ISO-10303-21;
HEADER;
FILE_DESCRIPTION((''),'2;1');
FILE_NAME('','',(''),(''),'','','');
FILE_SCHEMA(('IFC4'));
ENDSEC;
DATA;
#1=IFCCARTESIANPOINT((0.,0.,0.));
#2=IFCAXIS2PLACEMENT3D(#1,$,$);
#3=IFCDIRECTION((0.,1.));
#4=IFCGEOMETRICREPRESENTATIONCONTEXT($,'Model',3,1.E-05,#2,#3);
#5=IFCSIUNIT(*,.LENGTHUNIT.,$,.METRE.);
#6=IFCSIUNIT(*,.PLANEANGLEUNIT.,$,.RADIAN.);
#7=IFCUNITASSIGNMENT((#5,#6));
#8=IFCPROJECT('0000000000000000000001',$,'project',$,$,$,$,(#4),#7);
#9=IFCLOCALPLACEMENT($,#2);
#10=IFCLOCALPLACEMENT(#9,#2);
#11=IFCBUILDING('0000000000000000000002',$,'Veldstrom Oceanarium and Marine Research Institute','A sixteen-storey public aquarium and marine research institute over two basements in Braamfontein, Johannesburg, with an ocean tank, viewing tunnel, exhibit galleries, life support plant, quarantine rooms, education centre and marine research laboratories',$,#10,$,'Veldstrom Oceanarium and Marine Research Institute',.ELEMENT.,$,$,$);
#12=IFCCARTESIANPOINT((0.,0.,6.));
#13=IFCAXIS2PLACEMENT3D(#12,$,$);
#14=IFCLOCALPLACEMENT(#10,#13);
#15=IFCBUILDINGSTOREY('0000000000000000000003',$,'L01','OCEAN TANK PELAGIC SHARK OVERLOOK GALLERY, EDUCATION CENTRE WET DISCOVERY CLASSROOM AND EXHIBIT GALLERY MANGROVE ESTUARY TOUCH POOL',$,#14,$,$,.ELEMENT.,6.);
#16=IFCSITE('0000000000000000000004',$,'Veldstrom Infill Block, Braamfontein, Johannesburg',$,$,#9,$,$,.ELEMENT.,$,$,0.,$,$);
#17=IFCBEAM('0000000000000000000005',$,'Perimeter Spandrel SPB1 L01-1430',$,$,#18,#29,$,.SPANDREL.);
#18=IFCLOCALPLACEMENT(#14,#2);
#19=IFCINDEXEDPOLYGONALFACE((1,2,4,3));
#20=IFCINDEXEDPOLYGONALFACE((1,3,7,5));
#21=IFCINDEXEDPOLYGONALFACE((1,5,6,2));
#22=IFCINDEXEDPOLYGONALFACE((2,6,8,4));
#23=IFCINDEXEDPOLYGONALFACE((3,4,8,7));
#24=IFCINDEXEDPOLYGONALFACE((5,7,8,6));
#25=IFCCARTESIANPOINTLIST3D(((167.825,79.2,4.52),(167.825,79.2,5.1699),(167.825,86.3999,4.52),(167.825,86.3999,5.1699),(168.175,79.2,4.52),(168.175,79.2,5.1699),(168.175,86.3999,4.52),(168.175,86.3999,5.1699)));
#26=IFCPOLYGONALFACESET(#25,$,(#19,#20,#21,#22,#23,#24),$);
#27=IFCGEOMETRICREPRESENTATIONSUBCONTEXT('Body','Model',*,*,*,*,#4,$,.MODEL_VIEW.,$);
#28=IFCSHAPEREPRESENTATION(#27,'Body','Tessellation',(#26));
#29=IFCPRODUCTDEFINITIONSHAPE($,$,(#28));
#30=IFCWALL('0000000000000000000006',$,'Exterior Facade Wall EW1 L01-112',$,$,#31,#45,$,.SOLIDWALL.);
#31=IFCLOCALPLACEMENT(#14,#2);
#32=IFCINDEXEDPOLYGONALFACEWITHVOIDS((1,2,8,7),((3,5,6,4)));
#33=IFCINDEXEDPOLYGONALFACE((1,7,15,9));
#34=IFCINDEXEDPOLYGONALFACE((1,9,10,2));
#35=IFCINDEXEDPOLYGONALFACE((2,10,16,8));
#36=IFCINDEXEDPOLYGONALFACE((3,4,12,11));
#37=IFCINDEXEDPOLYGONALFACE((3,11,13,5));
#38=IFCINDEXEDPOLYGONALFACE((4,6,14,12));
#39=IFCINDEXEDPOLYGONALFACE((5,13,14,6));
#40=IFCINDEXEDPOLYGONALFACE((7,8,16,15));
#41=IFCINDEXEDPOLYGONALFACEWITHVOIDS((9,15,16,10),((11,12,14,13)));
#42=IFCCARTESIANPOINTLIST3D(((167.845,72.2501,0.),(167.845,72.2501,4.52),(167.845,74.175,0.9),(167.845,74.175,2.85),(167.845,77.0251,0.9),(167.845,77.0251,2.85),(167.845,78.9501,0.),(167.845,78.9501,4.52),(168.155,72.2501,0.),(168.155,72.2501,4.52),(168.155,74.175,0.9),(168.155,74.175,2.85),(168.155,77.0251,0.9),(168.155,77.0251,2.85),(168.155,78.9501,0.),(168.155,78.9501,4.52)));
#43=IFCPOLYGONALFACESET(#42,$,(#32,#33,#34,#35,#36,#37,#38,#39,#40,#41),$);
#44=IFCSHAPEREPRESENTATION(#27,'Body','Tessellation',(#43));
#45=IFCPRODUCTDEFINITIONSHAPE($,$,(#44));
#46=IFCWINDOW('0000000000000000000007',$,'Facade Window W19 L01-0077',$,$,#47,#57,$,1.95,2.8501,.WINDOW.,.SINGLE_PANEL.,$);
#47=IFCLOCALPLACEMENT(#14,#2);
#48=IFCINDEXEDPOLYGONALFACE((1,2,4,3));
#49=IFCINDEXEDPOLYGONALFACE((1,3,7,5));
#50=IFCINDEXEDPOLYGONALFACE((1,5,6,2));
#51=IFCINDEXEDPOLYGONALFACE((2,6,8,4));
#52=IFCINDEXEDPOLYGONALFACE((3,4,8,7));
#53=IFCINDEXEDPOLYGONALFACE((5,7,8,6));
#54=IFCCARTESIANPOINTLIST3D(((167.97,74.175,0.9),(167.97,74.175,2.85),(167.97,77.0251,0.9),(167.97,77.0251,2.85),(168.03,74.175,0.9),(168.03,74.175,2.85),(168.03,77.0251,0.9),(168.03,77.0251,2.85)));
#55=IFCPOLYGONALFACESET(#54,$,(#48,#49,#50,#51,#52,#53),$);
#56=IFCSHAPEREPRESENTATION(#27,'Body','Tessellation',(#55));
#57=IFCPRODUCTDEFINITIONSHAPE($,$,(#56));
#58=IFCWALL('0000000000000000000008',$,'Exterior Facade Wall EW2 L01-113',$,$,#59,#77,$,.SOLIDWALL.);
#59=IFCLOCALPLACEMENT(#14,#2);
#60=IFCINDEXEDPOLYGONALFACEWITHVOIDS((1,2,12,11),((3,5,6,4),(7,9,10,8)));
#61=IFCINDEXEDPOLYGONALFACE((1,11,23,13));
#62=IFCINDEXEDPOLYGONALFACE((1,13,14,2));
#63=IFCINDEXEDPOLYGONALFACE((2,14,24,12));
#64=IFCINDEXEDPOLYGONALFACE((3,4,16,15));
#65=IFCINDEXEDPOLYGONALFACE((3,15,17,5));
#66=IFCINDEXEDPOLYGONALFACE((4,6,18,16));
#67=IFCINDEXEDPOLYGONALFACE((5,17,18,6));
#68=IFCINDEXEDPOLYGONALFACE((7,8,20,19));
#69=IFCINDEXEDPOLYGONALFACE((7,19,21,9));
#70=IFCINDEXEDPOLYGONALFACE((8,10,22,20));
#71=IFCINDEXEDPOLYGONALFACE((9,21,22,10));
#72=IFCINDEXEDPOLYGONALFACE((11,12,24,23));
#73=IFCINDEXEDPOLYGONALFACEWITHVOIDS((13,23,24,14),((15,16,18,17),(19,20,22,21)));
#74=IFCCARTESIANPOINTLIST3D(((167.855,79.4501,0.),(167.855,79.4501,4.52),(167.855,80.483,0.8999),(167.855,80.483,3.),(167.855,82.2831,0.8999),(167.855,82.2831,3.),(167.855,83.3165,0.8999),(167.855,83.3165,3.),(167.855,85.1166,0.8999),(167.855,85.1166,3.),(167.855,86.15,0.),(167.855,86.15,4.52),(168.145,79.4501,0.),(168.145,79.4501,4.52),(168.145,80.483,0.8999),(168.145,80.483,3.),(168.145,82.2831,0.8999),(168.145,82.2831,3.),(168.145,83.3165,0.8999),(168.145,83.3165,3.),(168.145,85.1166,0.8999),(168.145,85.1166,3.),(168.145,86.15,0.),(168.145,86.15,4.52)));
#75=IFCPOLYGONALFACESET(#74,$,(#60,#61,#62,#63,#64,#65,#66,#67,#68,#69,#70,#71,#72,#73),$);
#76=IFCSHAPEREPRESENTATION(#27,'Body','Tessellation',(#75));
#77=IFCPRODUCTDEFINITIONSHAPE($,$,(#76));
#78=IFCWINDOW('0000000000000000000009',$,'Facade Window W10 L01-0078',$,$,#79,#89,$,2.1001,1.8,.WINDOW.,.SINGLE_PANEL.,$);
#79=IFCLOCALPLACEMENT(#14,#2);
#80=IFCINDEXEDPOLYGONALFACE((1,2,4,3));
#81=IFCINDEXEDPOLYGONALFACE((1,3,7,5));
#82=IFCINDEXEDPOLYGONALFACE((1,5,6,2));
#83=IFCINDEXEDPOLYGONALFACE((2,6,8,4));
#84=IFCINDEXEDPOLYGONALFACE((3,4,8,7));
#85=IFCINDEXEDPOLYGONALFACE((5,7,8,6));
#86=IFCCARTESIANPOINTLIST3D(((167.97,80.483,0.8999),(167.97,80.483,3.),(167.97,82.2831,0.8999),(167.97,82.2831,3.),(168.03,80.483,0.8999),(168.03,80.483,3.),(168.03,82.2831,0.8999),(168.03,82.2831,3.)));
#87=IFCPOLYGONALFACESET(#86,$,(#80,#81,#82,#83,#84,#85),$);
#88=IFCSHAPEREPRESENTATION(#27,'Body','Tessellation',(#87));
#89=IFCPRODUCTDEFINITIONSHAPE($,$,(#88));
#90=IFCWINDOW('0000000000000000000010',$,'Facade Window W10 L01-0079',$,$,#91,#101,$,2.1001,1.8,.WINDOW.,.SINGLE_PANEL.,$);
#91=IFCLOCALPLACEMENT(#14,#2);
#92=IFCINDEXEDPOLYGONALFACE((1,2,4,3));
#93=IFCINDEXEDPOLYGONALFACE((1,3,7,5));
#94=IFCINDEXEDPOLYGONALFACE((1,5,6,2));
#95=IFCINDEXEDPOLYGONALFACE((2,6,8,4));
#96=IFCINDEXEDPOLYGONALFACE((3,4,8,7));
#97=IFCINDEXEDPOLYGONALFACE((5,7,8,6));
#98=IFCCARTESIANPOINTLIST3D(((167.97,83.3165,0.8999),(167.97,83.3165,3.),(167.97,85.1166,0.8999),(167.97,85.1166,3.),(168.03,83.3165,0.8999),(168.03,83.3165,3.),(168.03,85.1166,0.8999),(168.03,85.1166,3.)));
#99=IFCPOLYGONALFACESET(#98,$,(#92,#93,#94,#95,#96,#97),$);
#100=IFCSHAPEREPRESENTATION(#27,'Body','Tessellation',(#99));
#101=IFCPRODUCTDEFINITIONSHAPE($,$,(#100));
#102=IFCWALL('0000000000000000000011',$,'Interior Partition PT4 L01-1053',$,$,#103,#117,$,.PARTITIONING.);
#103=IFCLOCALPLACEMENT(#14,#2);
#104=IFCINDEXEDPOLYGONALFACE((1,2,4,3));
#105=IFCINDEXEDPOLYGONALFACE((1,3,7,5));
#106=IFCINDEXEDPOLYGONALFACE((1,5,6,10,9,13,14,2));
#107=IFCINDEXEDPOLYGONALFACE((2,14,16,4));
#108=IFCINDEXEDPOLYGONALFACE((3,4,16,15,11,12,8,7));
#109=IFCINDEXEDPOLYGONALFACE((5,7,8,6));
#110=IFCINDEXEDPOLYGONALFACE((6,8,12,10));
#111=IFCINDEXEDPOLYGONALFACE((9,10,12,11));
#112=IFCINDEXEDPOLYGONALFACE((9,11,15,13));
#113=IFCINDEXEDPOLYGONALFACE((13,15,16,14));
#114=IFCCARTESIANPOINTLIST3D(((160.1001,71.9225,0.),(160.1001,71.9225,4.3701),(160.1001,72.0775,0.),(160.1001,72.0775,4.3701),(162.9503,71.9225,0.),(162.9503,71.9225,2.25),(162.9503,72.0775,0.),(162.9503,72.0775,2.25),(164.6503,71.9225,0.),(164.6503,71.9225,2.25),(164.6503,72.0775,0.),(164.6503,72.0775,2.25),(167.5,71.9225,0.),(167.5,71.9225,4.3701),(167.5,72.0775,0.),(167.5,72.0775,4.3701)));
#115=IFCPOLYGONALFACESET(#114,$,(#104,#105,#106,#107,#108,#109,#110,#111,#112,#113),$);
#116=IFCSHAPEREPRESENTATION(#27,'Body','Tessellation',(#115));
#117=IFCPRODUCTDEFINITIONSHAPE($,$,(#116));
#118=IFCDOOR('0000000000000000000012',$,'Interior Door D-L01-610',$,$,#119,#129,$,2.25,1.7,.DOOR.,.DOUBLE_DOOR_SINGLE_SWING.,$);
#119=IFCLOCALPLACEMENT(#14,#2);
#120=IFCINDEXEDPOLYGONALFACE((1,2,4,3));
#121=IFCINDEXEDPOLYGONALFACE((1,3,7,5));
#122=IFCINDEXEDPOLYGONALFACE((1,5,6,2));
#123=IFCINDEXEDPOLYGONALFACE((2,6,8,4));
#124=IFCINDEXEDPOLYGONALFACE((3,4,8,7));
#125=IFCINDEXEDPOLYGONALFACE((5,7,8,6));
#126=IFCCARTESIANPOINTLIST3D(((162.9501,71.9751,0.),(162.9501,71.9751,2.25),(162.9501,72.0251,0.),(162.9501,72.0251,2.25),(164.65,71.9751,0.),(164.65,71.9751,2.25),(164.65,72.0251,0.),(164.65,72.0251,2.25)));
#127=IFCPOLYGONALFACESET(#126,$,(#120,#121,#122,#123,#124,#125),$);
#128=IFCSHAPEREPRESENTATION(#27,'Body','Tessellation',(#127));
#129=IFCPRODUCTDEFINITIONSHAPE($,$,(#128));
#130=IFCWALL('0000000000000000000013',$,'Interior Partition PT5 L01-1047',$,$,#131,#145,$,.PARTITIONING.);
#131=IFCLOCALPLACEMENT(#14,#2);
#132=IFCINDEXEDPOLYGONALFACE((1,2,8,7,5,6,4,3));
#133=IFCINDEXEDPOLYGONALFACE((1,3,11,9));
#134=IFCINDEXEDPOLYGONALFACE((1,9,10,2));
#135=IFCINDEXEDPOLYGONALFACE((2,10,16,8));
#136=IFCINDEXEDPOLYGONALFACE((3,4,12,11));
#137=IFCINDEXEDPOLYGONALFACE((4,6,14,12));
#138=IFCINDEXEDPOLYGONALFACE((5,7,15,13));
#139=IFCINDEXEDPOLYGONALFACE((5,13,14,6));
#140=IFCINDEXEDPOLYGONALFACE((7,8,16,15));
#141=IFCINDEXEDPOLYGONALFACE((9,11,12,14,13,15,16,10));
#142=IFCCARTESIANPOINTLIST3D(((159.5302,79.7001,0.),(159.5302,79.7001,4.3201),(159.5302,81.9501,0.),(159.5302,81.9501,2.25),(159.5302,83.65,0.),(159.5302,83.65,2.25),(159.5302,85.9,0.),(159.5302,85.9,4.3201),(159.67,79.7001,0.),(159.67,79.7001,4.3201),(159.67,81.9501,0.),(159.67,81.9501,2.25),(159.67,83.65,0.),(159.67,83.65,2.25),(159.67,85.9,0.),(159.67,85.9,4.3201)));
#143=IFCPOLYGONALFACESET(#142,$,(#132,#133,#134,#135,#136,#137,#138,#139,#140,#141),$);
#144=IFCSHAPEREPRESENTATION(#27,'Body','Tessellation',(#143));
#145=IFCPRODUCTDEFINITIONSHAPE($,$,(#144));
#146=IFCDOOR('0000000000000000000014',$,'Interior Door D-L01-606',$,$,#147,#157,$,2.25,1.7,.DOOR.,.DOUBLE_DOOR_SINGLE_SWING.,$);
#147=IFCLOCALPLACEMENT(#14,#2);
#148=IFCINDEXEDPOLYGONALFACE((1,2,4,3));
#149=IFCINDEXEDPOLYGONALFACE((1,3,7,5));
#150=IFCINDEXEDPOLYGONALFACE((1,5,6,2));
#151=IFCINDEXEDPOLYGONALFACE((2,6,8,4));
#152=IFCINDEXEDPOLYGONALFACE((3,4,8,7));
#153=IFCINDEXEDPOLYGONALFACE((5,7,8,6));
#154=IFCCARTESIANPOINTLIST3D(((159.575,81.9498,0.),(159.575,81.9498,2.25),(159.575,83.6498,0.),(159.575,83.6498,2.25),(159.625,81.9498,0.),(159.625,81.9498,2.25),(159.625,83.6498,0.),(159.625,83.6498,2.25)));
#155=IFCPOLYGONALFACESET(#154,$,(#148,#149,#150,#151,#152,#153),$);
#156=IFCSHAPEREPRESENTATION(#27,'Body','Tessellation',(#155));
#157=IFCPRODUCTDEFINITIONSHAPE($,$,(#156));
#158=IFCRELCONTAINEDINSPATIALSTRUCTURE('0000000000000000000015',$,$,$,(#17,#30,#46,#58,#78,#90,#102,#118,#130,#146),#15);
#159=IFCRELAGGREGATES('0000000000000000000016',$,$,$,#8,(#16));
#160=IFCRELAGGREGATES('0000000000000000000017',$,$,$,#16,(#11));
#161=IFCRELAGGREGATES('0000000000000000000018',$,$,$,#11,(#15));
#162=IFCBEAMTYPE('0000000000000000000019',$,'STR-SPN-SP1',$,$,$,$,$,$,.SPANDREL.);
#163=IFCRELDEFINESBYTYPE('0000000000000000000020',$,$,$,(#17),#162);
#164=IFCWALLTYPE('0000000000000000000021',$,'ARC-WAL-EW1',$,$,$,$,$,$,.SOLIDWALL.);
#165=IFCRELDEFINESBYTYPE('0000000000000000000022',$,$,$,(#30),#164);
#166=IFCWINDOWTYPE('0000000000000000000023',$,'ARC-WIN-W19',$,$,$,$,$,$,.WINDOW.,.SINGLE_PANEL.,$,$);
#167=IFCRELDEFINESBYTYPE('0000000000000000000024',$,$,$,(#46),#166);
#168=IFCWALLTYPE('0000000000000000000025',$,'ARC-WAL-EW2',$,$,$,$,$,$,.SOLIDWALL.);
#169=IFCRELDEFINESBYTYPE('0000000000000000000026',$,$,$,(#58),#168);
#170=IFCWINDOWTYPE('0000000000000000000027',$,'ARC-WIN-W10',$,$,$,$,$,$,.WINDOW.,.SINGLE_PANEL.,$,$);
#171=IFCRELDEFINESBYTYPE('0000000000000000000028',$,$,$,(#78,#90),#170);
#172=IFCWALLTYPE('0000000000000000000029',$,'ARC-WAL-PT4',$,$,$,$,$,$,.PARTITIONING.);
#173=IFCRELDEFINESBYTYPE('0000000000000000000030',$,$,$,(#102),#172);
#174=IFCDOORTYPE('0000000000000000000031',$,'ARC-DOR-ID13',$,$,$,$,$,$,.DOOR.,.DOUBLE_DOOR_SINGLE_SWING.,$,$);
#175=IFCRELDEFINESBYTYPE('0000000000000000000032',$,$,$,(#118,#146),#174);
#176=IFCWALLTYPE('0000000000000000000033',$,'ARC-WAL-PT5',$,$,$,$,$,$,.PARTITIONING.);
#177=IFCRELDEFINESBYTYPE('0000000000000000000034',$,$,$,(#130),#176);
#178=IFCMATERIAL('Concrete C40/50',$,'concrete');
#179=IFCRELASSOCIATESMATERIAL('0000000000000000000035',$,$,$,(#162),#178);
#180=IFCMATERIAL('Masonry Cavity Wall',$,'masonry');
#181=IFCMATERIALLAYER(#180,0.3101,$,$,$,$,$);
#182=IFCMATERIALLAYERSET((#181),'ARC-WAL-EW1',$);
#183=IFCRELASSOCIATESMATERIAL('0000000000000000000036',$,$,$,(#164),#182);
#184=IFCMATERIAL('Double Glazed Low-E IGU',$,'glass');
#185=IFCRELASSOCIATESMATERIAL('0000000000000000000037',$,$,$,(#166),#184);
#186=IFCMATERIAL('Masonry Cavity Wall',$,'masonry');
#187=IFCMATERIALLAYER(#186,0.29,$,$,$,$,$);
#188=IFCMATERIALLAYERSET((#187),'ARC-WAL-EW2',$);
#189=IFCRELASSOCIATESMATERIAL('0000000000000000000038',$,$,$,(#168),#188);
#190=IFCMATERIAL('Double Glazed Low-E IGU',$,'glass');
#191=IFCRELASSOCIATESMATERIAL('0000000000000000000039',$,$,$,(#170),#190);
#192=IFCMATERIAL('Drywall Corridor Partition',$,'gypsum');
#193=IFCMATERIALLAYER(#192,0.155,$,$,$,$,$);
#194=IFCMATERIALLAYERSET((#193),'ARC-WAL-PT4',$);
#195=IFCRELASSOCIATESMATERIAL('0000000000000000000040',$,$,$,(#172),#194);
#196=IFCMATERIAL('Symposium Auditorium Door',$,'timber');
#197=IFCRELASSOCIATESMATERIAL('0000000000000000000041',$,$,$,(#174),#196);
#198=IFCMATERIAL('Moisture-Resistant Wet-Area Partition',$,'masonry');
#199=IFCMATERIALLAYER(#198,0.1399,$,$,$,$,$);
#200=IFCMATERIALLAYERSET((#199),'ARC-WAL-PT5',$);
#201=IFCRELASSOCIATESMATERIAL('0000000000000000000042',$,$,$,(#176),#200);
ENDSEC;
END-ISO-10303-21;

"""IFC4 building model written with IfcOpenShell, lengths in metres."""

from ifc_helpers import new_model, si_unit, direction, frame, frame_2d, origin, origin_2d, place, context, subcontext, project, spatial, rectangle, extrude, material, layer, layer_set, material_profile, profile_set, type_object, element, fill, save


model = new_model("IFC4")

# Units and contexts
model_context = context("Model", 3, precision=1e-05, world=origin(), true_north=direction((0.0, 1.0)))
body_context = subcontext(model_context, "Body", "Model", "MODEL_VIEW")
ifc_project = project(units=[si_unit("LENGTHUNIT", "METRE"), si_unit("PLANEANGLEUNIT", "RADIAN")], contexts=[model_context])

# Site, building, storey
site_placement = place(None, origin())
site = spatial("IfcSite", under=ifc_project, at=site_placement, Name="Veldstrom Infill Block, Braamfontein, Johannesburg", CompositionType="ELEMENT", RefElevation=0.0)
building_placement = place(site_placement, origin())
building = spatial("IfcBuilding", under=site, at=building_placement, Name="Veldstrom Oceanarium and Marine Research Institute", Description="A sixteen-storey public aquarium and marine research institute over two basements in Braamfontein, Johannesburg, with an ocean tank, viewing tunnel, exhibit galleries, life support plant, quarantine rooms, education centre and marine research laboratories", LongName="Veldstrom Oceanarium and Marine Research Institute", CompositionType="ELEMENT")
storey_placement = place(building_placement, frame((0.0, 0.0, 6.0)))
storey = spatial("IfcBuildingStorey", under=building, at=storey_placement, Name="L01", Description="OCEAN TANK PELAGIC SHARK OVERLOOK GALLERY, EDUCATION CENTRE WET DISCOVERY CLASSROOM AND EXHIBIT GALLERY MANGROVE ESTUARY TOUCH POOL", CompositionType="ELEMENT", Elevation=6.0)

# Beam
ifc_material_1 = material(Name="Concrete C40/50", Category="concrete")
ifc_material_profile_1 = material_profile(ifc_material_1, rectangle(XDim=0.3501, YDim=0.6499, at=origin_2d()), Name="RC-SPN-350x650")
ifc_profile_set_1 = profile_set([ifc_material_profile_1], Name="Concrete C40/50")
beam_type_1 = type_object("IfcBeamType", Name="STR-SPN-SP1", PredefinedType="SPANDREL", material=ifc_profile_set_1)
for number, where, z_axis, x_axis, name in (
    (1, (168.0, 79.2, 4.845), (0.0, 1.0, 0.0), (-1.0, 0.0, 0.0), "Perimeter Spandrel SPB1 L01-1430"),
):
    element("IfcBeam", number, at=place(storey_placement, frame(where, z_axis=z_axis, x_axis=x_axis)), inside=storey, type_object=beam_type_1, Name=name, PredefinedType="SPANDREL", context=body_context, shape_type="SweptSolid", body=[
        extrude(rectangle(XDim=0.3501, YDim=0.6499, at=origin_2d()), origin(), (0.0, 0.0, 1.0), 7.2),
    ])

# Wall, opening, window
ifc_material_2 = material(Name="Masonry Cavity Wall", Category="masonry")
ifc_layer_1 = layer(ifc_material_2, 0.3101)
ifc_layer_set_1 = layer_set([ifc_layer_1], Name="ARC-WAL-EW1")
wall_type_1 = type_object("IfcWallType", Name="ARC-WAL-EW1", PredefinedType="SOLIDWALL", material=ifc_layer_set_1)
wall_1_placement = place(storey_placement, frame((168.0, 72.25, 0.0), z_axis=(0.0, 0.0, 1.0), x_axis=(0.0, 1.0, 0.0)))
wall_1 = element("IfcWall", 2, at=wall_1_placement, inside=storey, type_object=wall_type_1, Name="Exterior Facade Wall EW1 L01-112", PredefinedType="SOLIDWALL", context=body_context, shape_type="SweptSolid", body=[
    extrude(rectangle(XDim=6.7, YDim=0.3101, at=frame_2d((3.3501, 0.0))), origin(), (0.0, 0.0, 1.0), 4.52),
])
opening_1_placement = place(wall_1_placement, frame((1.925, 0.0, 0.8999)))
opening_1 = element("IfcOpeningElement", 3, at=opening_1_placement, cuts=wall_1, PredefinedType="OPENING", context=body_context, shape_type="SweptSolid", body=[
    extrude(rectangle(XDim=2.8501, YDim=1.95, at=frame_2d((1.425, 0.9751))), frame((0.0, 0.165, 0.0), z_axis=(0.0, -1.0, 0.0), x_axis=(1.0, 0.0, 0.0)), (0.0, 0.0, 1.0), 0.3301),
])
ifc_material_3 = material(Name="Double Glazed Low-E IGU", Category="glass")
window_type_1 = type_object("IfcWindowType", Name="ARC-WIN-W19", PartitioningType="SINGLE_PANEL", PredefinedType="WINDOW", material=ifc_material_3)
window_1_placement = place(opening_1_placement, origin())
window_1 = element("IfcWindow", 4, at=window_1_placement, inside=storey, type_object=window_type_1, Name="Facade Window W19 L01-0077", OverallHeight=1.95, OverallWidth=2.8501, PartitioningType="SINGLE_PANEL", PredefinedType="WINDOW", context=body_context, shape_type="SweptSolid", body=[
    extrude(rectangle(XDim=2.8501, YDim=1.95, at=frame_2d((1.425, 0.9751))), frame((0.0, 0.03, 0.0), z_axis=(0.0, -1.0, 0.0), x_axis=(1.0, 0.0, 0.0)), (0.0, 0.0, 1.0), 0.0601),
])
fill(opening_1, window_1)

# Wall, openings, windows
ifc_material_4 = material(Name="Masonry Cavity Wall", Category="masonry")
ifc_layer_2 = layer(ifc_material_4, 0.29)
ifc_layer_set_2 = layer_set([ifc_layer_2], Name="ARC-WAL-EW2")
wall_type_2 = type_object("IfcWallType", Name="ARC-WAL-EW2", PredefinedType="SOLIDWALL", material=ifc_layer_set_2)
wall_2_placement = place(storey_placement, frame((168.0, 79.45, 0.0), z_axis=(0.0, 0.0, 1.0), x_axis=(0.0, 1.0, 0.0)))
wall_2 = element("IfcWall", 5, at=wall_2_placement, inside=storey, type_object=wall_type_2, Name="Exterior Facade Wall EW2 L01-113", PredefinedType="SOLIDWALL", context=body_context, shape_type="SweptSolid", body=[
    extrude(rectangle(XDim=6.7, YDim=0.29, at=frame_2d((3.3501, 0.0))), origin(), (0.0, 0.0, 1.0), 4.52),
])
opening_2_placement = place(wall_2_placement, frame((1.0332, 0.0, 0.8999)))
opening_2 = element("IfcOpeningElement", 6, at=opening_2_placement, cuts=wall_2, PredefinedType="OPENING", context=body_context, shape_type="SweptSolid", body=[
    extrude(rectangle(XDim=1.8, YDim=2.1001, at=frame_2d((0.8999, 1.05))), frame((0.0, 0.155, 0.0), z_axis=(0.0, -1.0, 0.0), x_axis=(1.0, 0.0, 0.0)), (0.0, 0.0, 1.0), 0.3101),
])
opening_3_placement = place(wall_2_placement, frame((3.8667, 0.0, 0.8999)))
opening_3 = element("IfcOpeningElement", 7, at=opening_3_placement, cuts=wall_2, PredefinedType="OPENING", context=body_context, shape_type="SweptSolid", body=[
    extrude(rectangle(XDim=1.8, YDim=2.1001, at=frame_2d((0.8999, 1.05))), frame((0.0, 0.155, 0.0), z_axis=(0.0, -1.0, 0.0), x_axis=(1.0, 0.0, 0.0)), (0.0, 0.0, 1.0), 0.3101),
])
ifc_material_5 = material(Name="Double Glazed Low-E IGU", Category="glass")
window_type_2 = type_object("IfcWindowType", Name="ARC-WIN-W10", PartitioningType="SINGLE_PANEL", PredefinedType="WINDOW", material=ifc_material_5)
window_2_placement = place(opening_2_placement, origin())
window_2 = element("IfcWindow", 8, at=window_2_placement, inside=storey, type_object=window_type_2, Name="Facade Window W10 L01-0078", OverallHeight=2.1001, OverallWidth=1.8, PartitioningType="SINGLE_PANEL", PredefinedType="WINDOW", context=body_context, shape_type="SweptSolid", body=[
    extrude(rectangle(XDim=1.8, YDim=2.1001, at=frame_2d((0.8999, 1.05))), frame((0.0, 0.03, 0.0), z_axis=(0.0, -1.0, 0.0), x_axis=(1.0, 0.0, 0.0)), (0.0, 0.0, 1.0), 0.0601),
])
fill(opening_2, window_2)
window_3_placement = place(opening_3_placement, origin())
window_3 = element("IfcWindow", 9, at=window_3_placement, inside=storey, type_object=window_type_2, Name="Facade Window W10 L01-0079", OverallHeight=2.1001, OverallWidth=1.8, PartitioningType="SINGLE_PANEL", PredefinedType="WINDOW", context=body_context, shape_type="SweptSolid", body=[
    extrude(rectangle(XDim=1.8, YDim=2.1001, at=frame_2d((0.8999, 1.05))), frame((0.0, 0.03, 0.0), z_axis=(0.0, -1.0, 0.0), x_axis=(1.0, 0.0, 0.0)), (0.0, 0.0, 1.0), 0.0601),
])
fill(opening_3, window_3)

# Walls, openings, doors
ifc_material_6 = material(Name="Drywall Corridor Partition", Category="gypsum")
ifc_layer_3 = layer(ifc_material_6, 0.155)
ifc_layer_set_3 = layer_set([ifc_layer_3], Name="ARC-WAL-PT4")
wall_type_3 = type_object("IfcWallType", Name="ARC-WAL-PT4", PredefinedType="PARTITIONING", material=ifc_layer_set_3)
wall_3_placement = place(storey_placement, frame((160.1001, 72.0, 0.0), z_axis=(0.0, 0.0, 1.0), x_axis=(1.0, 0.0, 0.0)))
wall_3 = element("IfcWall", 10, at=wall_3_placement, inside=storey, type_object=wall_type_3, Name="Interior Partition PT4 L01-1053", PredefinedType="PARTITIONING", context=body_context, shape_type="SweptSolid", body=[
    extrude(rectangle(XDim=7.3999, YDim=0.155, at=frame_2d((3.7, 0.0))), origin(), (0.0, 0.0, 1.0), 4.3701),
])
opening_4_placement = place(wall_3_placement, frame((2.8501, 0.0, 0.0)))
opening_4 = element("IfcOpeningElement", 11, at=opening_4_placement, cuts=wall_3, PredefinedType="OPENING", context=body_context, shape_type="SweptSolid", body=[
    extrude(rectangle(XDim=1.7, YDim=2.25, at=frame_2d((0.8501, 1.125))), frame((0.0, 0.0874, 0.0), z_axis=(0.0, -1.0, 0.0), x_axis=(1.0, 0.0, 0.0)), (0.0, 0.0, 1.0), 0.175),
])
ifc_material_7 = material(Name="Symposium Auditorium Door", Category="timber")
door_type = type_object("IfcDoorType", Name="ARC-DOR-ID13", OperationType="DOUBLE_DOOR_SINGLE_SWING", PredefinedType="DOOR", material=ifc_material_7)
door_1_placement = place(opening_4_placement, frame((1.7, 0.0, 0.0), z_axis=(0.0, 0.0, 1.0), x_axis=(-1.0, 0.0, 0.0)))
door_1 = element("IfcDoor", 12, at=door_1_placement, inside=storey, type_object=door_type, Name="Interior Door D-L01-610", OperationType="DOUBLE_DOOR_SINGLE_SWING", OverallHeight=2.25, OverallWidth=1.7, PredefinedType="DOOR", context=body_context, shape_type="SweptSolid", body=[
    extrude(rectangle(XDim=1.7, YDim=2.25, at=frame_2d((0.8501, 1.125))), frame((0.0, 0.0249, 0.0), z_axis=(0.0, -1.0, 0.0), x_axis=(1.0, 0.0, 0.0)), (0.0, 0.0, 1.0), 0.05),
])
fill(opening_4, door_1)
ifc_material_8 = material(Name="Moisture-Resistant Wet-Area Partition", Category="masonry")
ifc_layer_4 = layer(ifc_material_8, 0.1399)
ifc_layer_set_4 = layer_set([ifc_layer_4], Name="ARC-WAL-PT5")
wall_type_4 = type_object("IfcWallType", Name="ARC-WAL-PT5", PredefinedType="PARTITIONING", material=ifc_layer_set_4)
wall_4_placement = place(storey_placement, frame((159.6001, 79.7, 0.0), z_axis=(0.0, 0.0, 1.0), x_axis=(0.0, 1.0, 0.0)))
wall_4 = element("IfcWall", 13, at=wall_4_placement, inside=storey, type_object=wall_type_4, Name="Interior Partition PT5 L01-1047", PredefinedType="PARTITIONING", context=body_context, shape_type="SweptSolid", body=[
    extrude(rectangle(XDim=6.2, YDim=0.1399, at=frame_2d((3.1001, 0.0))), origin(), (0.0, 0.0, 1.0), 4.3201),
])
opening_5_placement = place(wall_4_placement, frame((2.25, 0.0, 0.0)))
opening_5 = element("IfcOpeningElement", 14, at=opening_5_placement, cuts=wall_4, PredefinedType="OPENING", context=body_context, shape_type="SweptSolid", body=[
    extrude(rectangle(XDim=1.7, YDim=2.25, at=frame_2d((0.8501, 1.125))), frame((0.0, 0.0798, 0.0), z_axis=(0.0, -1.0, 0.0), x_axis=(1.0, 0.0, 0.0)), (0.0, 0.0, 1.0), 0.1599),
])
door_2_placement = place(opening_5_placement, frame((1.7, 0.0, 0.0), z_axis=(0.0, 0.0, 1.0), x_axis=(-1.0, 0.0, 0.0)))
door_2 = element("IfcDoor", 15, at=door_2_placement, inside=storey, type_object=door_type, Name="Interior Door D-L01-606", OperationType="DOUBLE_DOOR_SINGLE_SWING", OverallHeight=2.25, OverallWidth=1.7, PredefinedType="DOOR", context=body_context, shape_type="SweptSolid", body=[
    extrude(rectangle(XDim=1.7, YDim=2.25, at=frame_2d((0.8501, 1.125))), frame((0.0, 0.0249, 0.0), z_axis=(0.0, -1.0, 0.0), x_axis=(1.0, 0.0, 0.0)), (0.0, 0.0, 1.0), 0.05),
])
fill(opening_5, door_2)

save(model, "model.ifc")
